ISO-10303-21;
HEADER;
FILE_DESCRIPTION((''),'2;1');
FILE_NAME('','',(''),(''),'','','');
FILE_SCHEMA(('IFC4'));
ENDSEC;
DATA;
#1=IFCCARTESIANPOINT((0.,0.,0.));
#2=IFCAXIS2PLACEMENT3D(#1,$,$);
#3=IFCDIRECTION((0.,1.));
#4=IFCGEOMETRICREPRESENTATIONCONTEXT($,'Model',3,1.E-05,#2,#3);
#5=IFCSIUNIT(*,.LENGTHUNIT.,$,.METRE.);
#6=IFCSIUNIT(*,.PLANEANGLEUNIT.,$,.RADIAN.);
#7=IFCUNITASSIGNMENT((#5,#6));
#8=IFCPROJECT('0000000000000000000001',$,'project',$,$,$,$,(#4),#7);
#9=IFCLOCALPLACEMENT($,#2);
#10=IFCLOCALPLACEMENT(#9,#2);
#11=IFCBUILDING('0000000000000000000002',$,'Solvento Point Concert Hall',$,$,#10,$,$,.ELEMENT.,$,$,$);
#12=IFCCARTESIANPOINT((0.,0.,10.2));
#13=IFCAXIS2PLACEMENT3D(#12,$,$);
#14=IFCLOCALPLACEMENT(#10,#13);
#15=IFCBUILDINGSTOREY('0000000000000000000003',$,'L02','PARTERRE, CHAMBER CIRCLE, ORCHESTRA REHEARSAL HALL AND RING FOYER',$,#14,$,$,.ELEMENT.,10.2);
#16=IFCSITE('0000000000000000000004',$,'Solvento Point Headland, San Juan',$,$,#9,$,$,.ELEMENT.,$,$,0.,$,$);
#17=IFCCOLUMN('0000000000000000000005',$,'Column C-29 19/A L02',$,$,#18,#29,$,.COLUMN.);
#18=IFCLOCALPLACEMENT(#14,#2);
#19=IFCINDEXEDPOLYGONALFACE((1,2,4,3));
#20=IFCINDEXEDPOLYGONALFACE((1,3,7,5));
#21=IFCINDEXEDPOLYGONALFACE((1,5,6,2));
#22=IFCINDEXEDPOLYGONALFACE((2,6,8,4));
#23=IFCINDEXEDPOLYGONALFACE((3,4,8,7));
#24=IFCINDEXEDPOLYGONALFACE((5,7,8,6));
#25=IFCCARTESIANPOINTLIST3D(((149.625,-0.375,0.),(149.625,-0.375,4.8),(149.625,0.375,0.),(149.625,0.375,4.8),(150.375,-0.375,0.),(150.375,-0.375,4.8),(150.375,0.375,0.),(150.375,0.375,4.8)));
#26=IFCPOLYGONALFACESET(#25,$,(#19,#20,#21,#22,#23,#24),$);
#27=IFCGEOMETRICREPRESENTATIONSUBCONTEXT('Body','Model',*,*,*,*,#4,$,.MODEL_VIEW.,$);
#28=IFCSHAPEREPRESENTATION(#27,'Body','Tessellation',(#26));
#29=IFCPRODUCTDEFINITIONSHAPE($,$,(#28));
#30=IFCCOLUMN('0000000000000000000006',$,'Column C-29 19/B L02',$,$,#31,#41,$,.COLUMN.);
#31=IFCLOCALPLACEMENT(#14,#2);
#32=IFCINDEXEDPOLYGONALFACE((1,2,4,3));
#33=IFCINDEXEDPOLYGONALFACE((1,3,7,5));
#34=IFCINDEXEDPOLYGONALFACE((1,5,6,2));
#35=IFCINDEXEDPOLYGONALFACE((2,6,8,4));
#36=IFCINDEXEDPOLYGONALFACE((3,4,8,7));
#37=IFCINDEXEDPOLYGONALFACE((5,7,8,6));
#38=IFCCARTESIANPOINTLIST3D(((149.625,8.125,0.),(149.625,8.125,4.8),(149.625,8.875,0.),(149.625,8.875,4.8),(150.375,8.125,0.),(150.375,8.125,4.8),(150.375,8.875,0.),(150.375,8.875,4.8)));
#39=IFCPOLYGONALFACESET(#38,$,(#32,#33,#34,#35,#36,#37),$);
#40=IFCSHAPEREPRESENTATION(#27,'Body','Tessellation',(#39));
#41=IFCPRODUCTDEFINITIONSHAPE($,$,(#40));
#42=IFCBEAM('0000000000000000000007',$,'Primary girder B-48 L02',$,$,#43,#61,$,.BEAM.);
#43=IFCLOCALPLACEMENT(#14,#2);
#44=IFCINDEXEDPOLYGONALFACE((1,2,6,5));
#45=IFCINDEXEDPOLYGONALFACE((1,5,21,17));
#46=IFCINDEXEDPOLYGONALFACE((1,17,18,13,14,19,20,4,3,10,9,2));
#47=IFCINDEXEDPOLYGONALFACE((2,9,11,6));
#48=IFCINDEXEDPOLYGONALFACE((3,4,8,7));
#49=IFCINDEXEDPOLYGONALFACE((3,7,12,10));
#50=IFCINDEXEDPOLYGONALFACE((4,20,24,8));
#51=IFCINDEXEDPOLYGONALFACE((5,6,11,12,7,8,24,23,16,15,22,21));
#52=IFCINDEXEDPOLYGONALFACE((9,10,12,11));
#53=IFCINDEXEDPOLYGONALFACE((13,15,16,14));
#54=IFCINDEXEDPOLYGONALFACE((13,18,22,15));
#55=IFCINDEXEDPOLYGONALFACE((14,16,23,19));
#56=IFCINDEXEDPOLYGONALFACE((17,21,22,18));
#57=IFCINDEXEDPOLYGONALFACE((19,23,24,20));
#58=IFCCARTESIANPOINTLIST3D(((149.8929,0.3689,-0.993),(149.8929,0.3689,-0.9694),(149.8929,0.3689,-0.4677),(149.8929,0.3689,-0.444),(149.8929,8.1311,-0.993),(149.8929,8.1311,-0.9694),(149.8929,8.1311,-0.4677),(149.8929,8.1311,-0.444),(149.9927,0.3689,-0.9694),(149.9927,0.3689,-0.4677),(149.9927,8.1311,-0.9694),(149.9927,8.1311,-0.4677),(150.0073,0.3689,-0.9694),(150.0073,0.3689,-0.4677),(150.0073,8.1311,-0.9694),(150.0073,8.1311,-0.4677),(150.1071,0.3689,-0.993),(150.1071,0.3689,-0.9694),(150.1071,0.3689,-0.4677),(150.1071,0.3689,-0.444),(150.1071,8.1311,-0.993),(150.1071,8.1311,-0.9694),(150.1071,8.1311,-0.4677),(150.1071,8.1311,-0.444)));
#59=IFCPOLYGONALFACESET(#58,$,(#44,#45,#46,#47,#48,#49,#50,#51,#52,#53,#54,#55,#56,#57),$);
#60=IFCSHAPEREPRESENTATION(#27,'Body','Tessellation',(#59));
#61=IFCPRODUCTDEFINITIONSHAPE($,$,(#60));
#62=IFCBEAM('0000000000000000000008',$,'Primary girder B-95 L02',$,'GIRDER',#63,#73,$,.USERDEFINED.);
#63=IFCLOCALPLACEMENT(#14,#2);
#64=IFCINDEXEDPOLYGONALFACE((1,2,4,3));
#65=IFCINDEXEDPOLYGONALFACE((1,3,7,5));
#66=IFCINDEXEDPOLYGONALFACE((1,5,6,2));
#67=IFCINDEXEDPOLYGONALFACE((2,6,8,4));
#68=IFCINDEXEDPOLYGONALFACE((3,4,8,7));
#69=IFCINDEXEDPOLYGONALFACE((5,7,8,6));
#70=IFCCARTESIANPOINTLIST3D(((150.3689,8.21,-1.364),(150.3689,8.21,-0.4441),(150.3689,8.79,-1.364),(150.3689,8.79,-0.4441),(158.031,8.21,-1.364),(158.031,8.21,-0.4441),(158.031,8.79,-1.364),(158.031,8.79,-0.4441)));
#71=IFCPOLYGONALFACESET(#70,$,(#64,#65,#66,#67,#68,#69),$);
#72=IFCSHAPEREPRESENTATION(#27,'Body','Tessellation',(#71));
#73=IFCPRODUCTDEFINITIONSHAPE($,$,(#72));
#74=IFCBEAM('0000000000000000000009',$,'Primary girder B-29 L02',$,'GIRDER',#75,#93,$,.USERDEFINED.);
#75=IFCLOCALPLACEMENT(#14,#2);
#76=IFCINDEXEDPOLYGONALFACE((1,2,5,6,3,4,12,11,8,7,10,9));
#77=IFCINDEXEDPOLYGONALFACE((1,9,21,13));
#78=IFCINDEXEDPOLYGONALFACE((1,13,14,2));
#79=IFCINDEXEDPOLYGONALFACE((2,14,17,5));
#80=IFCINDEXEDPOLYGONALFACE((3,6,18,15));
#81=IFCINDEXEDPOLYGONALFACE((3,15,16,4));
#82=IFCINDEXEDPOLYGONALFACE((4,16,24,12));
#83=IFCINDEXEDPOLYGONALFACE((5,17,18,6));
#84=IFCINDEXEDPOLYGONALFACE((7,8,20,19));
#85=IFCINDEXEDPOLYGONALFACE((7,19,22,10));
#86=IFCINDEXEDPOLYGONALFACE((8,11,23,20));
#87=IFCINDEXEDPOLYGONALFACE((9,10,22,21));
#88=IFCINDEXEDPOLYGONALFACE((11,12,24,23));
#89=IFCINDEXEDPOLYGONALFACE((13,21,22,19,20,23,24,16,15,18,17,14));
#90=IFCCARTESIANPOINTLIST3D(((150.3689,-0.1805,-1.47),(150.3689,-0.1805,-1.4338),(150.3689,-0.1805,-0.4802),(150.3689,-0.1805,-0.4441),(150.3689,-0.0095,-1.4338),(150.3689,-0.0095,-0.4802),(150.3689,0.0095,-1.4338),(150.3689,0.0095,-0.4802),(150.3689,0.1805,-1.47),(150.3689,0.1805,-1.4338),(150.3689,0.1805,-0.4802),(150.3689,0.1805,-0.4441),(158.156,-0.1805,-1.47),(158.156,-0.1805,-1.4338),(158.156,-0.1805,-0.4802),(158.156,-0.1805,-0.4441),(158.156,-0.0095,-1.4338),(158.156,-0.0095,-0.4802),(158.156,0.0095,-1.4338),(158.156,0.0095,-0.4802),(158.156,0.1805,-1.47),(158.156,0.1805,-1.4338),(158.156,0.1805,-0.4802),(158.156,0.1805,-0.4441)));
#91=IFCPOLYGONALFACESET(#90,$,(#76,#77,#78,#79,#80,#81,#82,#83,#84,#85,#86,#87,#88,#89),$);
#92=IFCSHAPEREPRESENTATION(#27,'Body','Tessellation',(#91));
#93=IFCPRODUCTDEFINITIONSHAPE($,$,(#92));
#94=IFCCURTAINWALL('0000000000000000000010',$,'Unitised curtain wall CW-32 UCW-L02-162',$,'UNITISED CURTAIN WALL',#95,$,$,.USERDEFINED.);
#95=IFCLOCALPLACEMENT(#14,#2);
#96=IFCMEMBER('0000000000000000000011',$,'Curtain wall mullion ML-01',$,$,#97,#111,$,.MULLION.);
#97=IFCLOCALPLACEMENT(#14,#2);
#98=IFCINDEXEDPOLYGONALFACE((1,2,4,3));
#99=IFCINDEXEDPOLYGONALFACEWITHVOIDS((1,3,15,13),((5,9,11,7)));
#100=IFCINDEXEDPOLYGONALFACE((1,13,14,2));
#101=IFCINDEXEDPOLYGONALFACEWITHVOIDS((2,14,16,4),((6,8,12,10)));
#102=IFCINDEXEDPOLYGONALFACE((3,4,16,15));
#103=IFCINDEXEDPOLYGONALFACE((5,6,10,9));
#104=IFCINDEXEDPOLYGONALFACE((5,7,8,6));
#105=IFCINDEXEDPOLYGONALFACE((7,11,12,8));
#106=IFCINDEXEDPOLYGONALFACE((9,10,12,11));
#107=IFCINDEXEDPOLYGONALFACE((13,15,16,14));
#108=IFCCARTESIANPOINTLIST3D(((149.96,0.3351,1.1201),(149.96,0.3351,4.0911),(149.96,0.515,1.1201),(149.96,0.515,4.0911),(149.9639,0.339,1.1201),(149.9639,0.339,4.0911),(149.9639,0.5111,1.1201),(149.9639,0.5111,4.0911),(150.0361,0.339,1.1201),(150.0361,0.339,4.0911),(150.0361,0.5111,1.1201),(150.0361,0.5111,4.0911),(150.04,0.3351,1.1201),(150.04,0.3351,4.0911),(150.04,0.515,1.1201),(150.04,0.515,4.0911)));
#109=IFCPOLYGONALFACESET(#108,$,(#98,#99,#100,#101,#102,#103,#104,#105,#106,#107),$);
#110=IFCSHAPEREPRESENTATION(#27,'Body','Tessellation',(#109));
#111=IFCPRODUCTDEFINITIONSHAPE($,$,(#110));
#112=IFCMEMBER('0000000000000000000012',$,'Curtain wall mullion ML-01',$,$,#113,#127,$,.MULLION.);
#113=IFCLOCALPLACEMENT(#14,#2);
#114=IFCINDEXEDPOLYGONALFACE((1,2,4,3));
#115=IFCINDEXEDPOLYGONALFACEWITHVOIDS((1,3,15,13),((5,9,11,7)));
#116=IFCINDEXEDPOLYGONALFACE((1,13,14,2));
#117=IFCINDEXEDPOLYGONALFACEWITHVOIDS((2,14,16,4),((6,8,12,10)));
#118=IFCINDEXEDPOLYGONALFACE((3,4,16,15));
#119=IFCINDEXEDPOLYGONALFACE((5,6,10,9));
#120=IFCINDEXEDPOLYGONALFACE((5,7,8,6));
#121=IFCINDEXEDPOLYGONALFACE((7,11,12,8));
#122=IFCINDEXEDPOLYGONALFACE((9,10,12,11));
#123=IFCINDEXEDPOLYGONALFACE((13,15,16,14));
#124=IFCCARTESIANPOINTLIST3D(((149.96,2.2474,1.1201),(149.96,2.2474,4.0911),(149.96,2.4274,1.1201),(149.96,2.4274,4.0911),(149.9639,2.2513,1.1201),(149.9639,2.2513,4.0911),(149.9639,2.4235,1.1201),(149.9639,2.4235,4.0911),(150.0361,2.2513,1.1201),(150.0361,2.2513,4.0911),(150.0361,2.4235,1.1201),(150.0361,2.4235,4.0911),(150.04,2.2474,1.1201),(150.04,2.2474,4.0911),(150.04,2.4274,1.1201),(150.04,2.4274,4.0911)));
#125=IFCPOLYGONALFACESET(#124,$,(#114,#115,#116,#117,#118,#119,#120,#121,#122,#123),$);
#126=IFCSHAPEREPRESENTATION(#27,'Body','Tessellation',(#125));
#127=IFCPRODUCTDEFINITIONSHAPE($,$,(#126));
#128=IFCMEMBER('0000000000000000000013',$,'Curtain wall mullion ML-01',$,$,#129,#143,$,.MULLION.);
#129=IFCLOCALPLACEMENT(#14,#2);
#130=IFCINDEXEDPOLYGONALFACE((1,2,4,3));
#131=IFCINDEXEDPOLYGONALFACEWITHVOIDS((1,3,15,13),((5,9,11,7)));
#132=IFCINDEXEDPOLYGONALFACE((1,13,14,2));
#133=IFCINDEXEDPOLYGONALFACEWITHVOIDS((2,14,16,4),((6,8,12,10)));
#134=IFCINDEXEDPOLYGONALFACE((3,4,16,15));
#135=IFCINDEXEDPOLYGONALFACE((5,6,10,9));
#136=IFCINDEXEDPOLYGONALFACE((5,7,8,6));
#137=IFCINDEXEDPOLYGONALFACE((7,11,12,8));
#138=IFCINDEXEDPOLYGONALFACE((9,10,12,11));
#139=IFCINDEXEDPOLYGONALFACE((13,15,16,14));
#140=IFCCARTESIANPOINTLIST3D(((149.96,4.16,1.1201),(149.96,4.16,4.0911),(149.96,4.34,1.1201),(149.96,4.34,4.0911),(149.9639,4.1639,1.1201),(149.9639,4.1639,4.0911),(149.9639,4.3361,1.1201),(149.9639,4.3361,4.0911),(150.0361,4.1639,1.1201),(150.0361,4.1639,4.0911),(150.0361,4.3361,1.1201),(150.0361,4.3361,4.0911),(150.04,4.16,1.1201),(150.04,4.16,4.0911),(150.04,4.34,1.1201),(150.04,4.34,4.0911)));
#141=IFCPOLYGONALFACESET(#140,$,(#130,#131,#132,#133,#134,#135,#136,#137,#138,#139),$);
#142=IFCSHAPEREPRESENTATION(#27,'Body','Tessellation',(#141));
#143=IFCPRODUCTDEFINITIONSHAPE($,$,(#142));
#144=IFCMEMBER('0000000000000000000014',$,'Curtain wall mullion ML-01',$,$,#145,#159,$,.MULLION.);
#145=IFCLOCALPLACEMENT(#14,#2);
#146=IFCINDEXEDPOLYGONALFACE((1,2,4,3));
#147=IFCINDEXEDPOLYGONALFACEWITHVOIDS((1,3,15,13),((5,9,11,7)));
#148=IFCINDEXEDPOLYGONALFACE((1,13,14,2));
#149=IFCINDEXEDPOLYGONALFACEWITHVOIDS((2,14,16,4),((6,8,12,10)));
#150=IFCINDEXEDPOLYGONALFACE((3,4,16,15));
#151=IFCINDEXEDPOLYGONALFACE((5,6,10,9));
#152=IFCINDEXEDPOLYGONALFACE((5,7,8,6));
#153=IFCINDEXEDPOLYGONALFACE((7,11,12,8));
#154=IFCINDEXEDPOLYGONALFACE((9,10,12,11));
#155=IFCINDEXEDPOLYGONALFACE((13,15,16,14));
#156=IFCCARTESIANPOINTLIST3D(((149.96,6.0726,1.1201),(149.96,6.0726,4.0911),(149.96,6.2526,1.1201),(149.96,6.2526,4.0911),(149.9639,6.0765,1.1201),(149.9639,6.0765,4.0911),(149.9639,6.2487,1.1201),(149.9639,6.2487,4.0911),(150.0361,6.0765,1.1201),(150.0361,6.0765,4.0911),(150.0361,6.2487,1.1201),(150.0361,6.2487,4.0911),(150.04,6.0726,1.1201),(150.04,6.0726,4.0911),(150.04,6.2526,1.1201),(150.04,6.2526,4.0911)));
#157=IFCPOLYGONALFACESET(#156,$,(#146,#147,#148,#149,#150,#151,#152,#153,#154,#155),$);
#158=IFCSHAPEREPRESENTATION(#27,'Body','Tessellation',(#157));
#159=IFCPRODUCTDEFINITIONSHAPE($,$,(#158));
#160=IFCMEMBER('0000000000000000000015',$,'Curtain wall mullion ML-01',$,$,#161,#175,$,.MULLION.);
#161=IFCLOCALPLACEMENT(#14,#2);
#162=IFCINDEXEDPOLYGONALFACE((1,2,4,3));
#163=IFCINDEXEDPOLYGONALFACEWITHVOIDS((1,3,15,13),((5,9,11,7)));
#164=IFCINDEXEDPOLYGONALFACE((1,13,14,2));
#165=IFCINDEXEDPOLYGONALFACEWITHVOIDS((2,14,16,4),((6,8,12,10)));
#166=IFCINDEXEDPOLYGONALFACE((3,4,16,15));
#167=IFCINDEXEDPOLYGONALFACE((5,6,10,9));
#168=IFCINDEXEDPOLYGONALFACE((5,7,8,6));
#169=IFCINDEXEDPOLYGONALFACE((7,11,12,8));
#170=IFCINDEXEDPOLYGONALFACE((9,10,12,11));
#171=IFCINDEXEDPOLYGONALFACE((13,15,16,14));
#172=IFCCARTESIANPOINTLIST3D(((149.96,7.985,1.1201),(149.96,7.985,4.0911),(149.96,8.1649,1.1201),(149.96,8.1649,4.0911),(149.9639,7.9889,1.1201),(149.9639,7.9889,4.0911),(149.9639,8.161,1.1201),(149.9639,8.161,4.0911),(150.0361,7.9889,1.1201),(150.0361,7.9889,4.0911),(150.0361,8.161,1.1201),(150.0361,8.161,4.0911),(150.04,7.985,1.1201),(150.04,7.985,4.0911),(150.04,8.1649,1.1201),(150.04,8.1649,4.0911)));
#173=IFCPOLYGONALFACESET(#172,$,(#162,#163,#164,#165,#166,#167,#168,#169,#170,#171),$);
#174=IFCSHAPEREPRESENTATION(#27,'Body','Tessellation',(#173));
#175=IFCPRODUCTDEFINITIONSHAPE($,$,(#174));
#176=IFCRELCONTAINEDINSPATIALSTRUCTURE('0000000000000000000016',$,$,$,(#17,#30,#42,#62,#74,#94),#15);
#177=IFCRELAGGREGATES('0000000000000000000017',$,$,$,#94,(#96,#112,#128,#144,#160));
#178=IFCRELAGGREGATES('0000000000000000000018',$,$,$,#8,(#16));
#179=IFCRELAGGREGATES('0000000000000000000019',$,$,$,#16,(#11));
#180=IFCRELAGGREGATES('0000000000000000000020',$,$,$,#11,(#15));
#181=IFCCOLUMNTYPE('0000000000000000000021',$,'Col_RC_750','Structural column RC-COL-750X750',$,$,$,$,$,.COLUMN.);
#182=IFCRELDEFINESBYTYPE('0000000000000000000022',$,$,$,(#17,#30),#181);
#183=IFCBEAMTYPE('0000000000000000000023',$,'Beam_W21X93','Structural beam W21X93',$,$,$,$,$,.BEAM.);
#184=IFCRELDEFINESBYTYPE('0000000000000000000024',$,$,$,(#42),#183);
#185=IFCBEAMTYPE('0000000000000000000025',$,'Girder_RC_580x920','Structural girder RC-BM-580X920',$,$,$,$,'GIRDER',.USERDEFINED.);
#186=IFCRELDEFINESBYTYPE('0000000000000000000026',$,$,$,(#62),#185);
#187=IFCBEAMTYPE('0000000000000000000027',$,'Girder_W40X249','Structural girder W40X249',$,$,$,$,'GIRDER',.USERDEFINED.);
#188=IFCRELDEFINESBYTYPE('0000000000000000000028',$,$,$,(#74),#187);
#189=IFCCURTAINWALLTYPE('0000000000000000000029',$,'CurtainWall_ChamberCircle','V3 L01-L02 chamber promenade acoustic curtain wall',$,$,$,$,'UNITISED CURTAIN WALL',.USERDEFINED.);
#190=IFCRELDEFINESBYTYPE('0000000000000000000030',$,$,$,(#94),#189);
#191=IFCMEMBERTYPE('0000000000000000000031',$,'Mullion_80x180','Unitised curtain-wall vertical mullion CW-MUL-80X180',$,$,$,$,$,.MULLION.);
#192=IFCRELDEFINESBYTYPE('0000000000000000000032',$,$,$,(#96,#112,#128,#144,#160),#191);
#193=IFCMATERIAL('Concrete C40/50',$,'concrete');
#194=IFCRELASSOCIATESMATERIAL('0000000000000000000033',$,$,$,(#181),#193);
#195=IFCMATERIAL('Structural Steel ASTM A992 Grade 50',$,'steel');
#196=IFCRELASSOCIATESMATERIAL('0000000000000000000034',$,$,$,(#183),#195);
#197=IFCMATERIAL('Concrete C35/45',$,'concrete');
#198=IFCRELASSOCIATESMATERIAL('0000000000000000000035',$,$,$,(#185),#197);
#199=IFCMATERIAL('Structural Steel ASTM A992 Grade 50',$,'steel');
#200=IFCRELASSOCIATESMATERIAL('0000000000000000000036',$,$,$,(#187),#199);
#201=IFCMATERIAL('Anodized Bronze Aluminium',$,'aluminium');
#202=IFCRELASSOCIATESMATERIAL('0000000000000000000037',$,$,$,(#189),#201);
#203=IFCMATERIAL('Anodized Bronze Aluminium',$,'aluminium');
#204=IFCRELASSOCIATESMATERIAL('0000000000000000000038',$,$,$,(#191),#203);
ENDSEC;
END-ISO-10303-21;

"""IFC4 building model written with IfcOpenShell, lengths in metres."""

from ifc_helpers import new_model, si_unit, direction, frame, origin, origin_2d, place, context, subcontext, project, spatial, rectangle, hollow_rectangle, i_section, extrude, material, material_profile, profile_set, type_object, element, aggregate, save


model = new_model("IFC4")

# Units and contexts
model_context = context("Model", 3, precision=1e-05, world=origin(), true_north=direction((0.0, 1.0)))
body_context = subcontext(model_context, "Body", "Model", "MODEL_VIEW")
ifc_project = project(units=[si_unit("LENGTHUNIT", "METRE"), si_unit("PLANEANGLEUNIT", "RADIAN")], contexts=[model_context])

# Site, building, storey
site_placement = place(None, origin())
site = spatial("IfcSite", under=ifc_project, at=site_placement, Name="Solvento Point Headland, San Juan", CompositionType="ELEMENT", RefElevation=0.0)
building_placement = place(site_placement, origin())
building = spatial("IfcBuilding", under=site, at=building_placement, Name="Solvento Point Concert Hall", CompositionType="ELEMENT")
storey_placement = place(building_placement, frame((0.0, 0.0, 10.2)))
storey = spatial("IfcBuildingStorey", under=building, at=storey_placement, Name="L02", Description="PARTERRE, CHAMBER CIRCLE, ORCHESTRA REHEARSAL HALL AND RING FOYER", CompositionType="ELEMENT", Elevation=10.2)

# Columns
ifc_material_1 = material(Name="Concrete C40/50", Category="concrete")
ifc_material_profile_1 = material_profile(ifc_material_1, rectangle(XDim=0.75, YDim=0.75, at=origin_2d()), Name="RC-COL-750X750")
ifc_profile_set_1 = profile_set([ifc_material_profile_1], Name="Concrete C40/50")
column_type = type_object("IfcColumnType", Name="Col_RC_750", Description="Structural column RC-COL-750X750", PredefinedType="COLUMN", material=ifc_profile_set_1)
for number, where, z_axis, x_axis, name in (
    (1, (150.0, 0.0, 0.0), (0.0, 0.0, 1.0), (1.0, 0.0, 0.0), "Column C-29 19/A L02"),
    (2, (150.0, 8.5, 0.0), (0.0, 0.0, 1.0), (1.0, 0.0, 0.0), "Column C-29 19/B L02"),
):
    element("IfcColumn", number, at=place(storey_placement, frame(where, z_axis=z_axis, x_axis=x_axis)), inside=storey, type_object=column_type, Name=name, PredefinedType="COLUMN", context=body_context, shape_type="SweptSolid", body=[
        extrude(rectangle(XDim=0.75, YDim=0.75, at=origin_2d()), origin(), (0.0, 0.0, 1.0), 4.8),
    ])

# Beams
ifc_material_2 = material(Name="Structural Steel ASTM A992 Grade 50", Category="steel")
ifc_material_profile_2 = material_profile(ifc_material_2, i_section(OverallWidth=0.2141, OverallDepth=0.5491, WebThickness=0.0146, FlangeThickness=0.0237, at=origin_2d()), Name="W21X93")
ifc_profile_set_2 = profile_set([ifc_material_profile_2], Name="Structural Steel ASTM A992 Grade 50")
beam_type_1 = type_object("IfcBeamType", Name="Beam_W21X93", Description="Structural beam W21X93", PredefinedType="BEAM", material=ifc_profile_set_2)
beam_1_placement = place(storey_placement, frame((150.0, 0.3689, -0.7185), z_axis=(0.0, 1.0, 0.0), x_axis=(-1.0, 0.0, 0.0)))
element("IfcBeam", 3, at=beam_1_placement, inside=storey, type_object=beam_type_1, Name="Primary girder B-48 L02", PredefinedType="BEAM", context=body_context, shape_type="SweptSolid", body=[
    extrude(i_section(OverallWidth=0.2141, OverallDepth=0.5491, WebThickness=0.0146, FlangeThickness=0.0237, at=origin_2d()), origin(), (0.0, 0.0, 1.0), 7.7622),
])
ifc_material_3 = material(Name="Concrete C35/45", Category="concrete")
ifc_material_profile_3 = material_profile(ifc_material_3, rectangle(XDim=0.5801, YDim=0.9199, at=origin_2d()), Name="RC-BM-580X920")
ifc_profile_set_3 = profile_set([ifc_material_profile_3], Name="Concrete C35/45")
beam_type_2 = type_object("IfcBeamType", Name="Girder_RC_580x920", Description="Structural girder RC-BM-580X920", ElementType="GIRDER", PredefinedType="USERDEFINED", material=ifc_profile_set_3)
beam_2_placement = place(storey_placement, frame((150.3689, 8.5, -0.9041), z_axis=(1.0, 0.0, 0.0), x_axis=(0.0, 1.0, 0.0)))
element("IfcBeam", 4, at=beam_2_placement, inside=storey, type_object=beam_type_2, Name="Primary girder B-95 L02", ObjectType="GIRDER", PredefinedType="USERDEFINED", context=body_context, shape_type="SweptSolid", body=[
    extrude(rectangle(XDim=0.5801, YDim=0.9199, at=origin_2d()), origin(), (0.0, 0.0, 1.0), 7.6621),
])
ifc_material_4 = material(Name="Structural Steel ASTM A992 Grade 50", Category="steel")
ifc_material_profile_4 = material_profile(ifc_material_4, i_section(OverallWidth=0.3611, OverallDepth=1.0259, WebThickness=0.019, FlangeThickness=0.0361, at=origin_2d()), Name="W40X249")
ifc_profile_set_4 = profile_set([ifc_material_profile_4], Name="Structural Steel ASTM A992 Grade 50")
beam_type_3 = type_object("IfcBeamType", Name="Girder_W40X249", Description="Structural girder W40X249", ElementType="GIRDER", PredefinedType="USERDEFINED", material=ifc_profile_set_4)
beam_3_placement = place(storey_placement, frame((150.3689, 0.0, -0.957), z_axis=(1.0, 0.0, 0.0), x_axis=(0.0, 1.0, 0.0)))
element("IfcBeam", 5, at=beam_3_placement, inside=storey, type_object=beam_type_3, Name="Primary girder B-29 L02", ObjectType="GIRDER", PredefinedType="USERDEFINED", context=body_context, shape_type="SweptSolid", body=[
    extrude(i_section(OverallWidth=0.3611, OverallDepth=1.0259, WebThickness=0.019, FlangeThickness=0.0361, at=origin_2d()), origin(), (0.0, 0.0, 1.0), 7.7871),
])

# Curtain wall, members
ifc_material_5 = material(Name="Anodized Bronze Aluminium", Category="aluminium")
curtain_wall_type = type_object("IfcCurtainWallType", Name="CurtainWall_ChamberCircle", Description="V3 L01-L02 chamber promenade acoustic curtain wall", ElementType="UNITISED CURTAIN WALL", PredefinedType="USERDEFINED", material=ifc_material_5)
curtain_wall_placement = place(storey_placement, origin())
curtain_wall = element("IfcCurtainWall", 6, at=curtain_wall_placement, inside=storey, type_object=curtain_wall_type, Name="Unitised curtain wall CW-32 UCW-L02-162", ObjectType="UNITISED CURTAIN WALL", PredefinedType="USERDEFINED")
ifc_material_6 = material(Name="Anodized Bronze Aluminium", Category="aluminium")
ifc_material_profile_5 = material_profile(ifc_material_6, hollow_rectangle(XDim=0.0801, YDim=0.1799, WallThickness=0.0039, at=origin_2d()), Name="CW-MUL-80X180")
ifc_profile_set_5 = profile_set([ifc_material_profile_5], Name="Anodized Bronze Aluminium")
member_type_1 = type_object("IfcMemberType", Name="Mullion_80x180", Description="Unitised curtain-wall vertical mullion CW-MUL-80X180", PredefinedType="MULLION", material=ifc_profile_set_5)
member_1_placement = place(storey_placement, frame((150.0, 0.425, 1.1201), z_axis=(0.0, 0.0, 1.0), x_axis=(1.0, 0.0, 0.0)))
member_1 = element("IfcMember", 7, at=member_1_placement, type_object=member_type_1, Name="Curtain wall mullion ML-01", PredefinedType="MULLION", context=body_context, shape_type="SweptSolid", body=[
    extrude(hollow_rectangle(XDim=0.0801, YDim=0.1799, WallThickness=0.0039, at=origin_2d()), origin(), (0.0, 0.0, 1.0), 2.9709),
])
member_2_placement = place(storey_placement, frame((150.0, 2.3374, 1.1201), z_axis=(0.0, 0.0, 1.0), x_axis=(1.0, 0.0, 0.0)))
member_2 = element("IfcMember", 8, at=member_2_placement, type_object=member_type_1, Name="Curtain wall mullion ML-01", PredefinedType="MULLION", context=body_context, shape_type="SweptSolid", body=[
    extrude(hollow_rectangle(XDim=0.0801, YDim=0.1799, WallThickness=0.0039, at=origin_2d()), origin(), (0.0, 0.0, 1.0), 2.9709),
])
member_3_placement = place(storey_placement, frame((150.0, 4.25, 1.1201), z_axis=(0.0, 0.0, 1.0), x_axis=(1.0, 0.0, 0.0)))
member_3 = element("IfcMember", 9, at=member_3_placement, type_object=member_type_1, Name="Curtain wall mullion ML-01", PredefinedType="MULLION", context=body_context, shape_type="SweptSolid", body=[
    extrude(hollow_rectangle(XDim=0.0801, YDim=0.1799, WallThickness=0.0039, at=origin_2d()), origin(), (0.0, 0.0, 1.0), 2.9709),
])
member_4_placement = place(storey_placement, frame((150.0, 6.1626, 1.1201), z_axis=(0.0, 0.0, 1.0), x_axis=(1.0, 0.0, 0.0)))
member_4 = element("IfcMember", 10, at=member_4_placement, type_object=member_type_1, Name="Curtain wall mullion ML-01", PredefinedType="MULLION", context=body_context, shape_type="SweptSolid", body=[
    extrude(hollow_rectangle(XDim=0.0801, YDim=0.1799, WallThickness=0.0039, at=origin_2d()), origin(), (0.0, 0.0, 1.0), 2.9709),
])
member_5_placement = place(storey_placement, frame((150.0, 8.075, 1.1201), z_axis=(0.0, 0.0, 1.0), x_axis=(1.0, 0.0, 0.0)))
member_5 = element("IfcMember", 11, at=member_5_placement, type_object=member_type_1, Name="Curtain wall mullion ML-01", PredefinedType="MULLION", context=body_context, shape_type="SweptSolid", body=[
    extrude(hollow_rectangle(XDim=0.0801, YDim=0.1799, WallThickness=0.0039, at=origin_2d()), origin(), (0.0, 0.0, 1.0), 2.9709),
])
aggregate(curtain_wall, [member_1, member_2, member_3, member_4, member_5])

save(model, "model.ifc")
